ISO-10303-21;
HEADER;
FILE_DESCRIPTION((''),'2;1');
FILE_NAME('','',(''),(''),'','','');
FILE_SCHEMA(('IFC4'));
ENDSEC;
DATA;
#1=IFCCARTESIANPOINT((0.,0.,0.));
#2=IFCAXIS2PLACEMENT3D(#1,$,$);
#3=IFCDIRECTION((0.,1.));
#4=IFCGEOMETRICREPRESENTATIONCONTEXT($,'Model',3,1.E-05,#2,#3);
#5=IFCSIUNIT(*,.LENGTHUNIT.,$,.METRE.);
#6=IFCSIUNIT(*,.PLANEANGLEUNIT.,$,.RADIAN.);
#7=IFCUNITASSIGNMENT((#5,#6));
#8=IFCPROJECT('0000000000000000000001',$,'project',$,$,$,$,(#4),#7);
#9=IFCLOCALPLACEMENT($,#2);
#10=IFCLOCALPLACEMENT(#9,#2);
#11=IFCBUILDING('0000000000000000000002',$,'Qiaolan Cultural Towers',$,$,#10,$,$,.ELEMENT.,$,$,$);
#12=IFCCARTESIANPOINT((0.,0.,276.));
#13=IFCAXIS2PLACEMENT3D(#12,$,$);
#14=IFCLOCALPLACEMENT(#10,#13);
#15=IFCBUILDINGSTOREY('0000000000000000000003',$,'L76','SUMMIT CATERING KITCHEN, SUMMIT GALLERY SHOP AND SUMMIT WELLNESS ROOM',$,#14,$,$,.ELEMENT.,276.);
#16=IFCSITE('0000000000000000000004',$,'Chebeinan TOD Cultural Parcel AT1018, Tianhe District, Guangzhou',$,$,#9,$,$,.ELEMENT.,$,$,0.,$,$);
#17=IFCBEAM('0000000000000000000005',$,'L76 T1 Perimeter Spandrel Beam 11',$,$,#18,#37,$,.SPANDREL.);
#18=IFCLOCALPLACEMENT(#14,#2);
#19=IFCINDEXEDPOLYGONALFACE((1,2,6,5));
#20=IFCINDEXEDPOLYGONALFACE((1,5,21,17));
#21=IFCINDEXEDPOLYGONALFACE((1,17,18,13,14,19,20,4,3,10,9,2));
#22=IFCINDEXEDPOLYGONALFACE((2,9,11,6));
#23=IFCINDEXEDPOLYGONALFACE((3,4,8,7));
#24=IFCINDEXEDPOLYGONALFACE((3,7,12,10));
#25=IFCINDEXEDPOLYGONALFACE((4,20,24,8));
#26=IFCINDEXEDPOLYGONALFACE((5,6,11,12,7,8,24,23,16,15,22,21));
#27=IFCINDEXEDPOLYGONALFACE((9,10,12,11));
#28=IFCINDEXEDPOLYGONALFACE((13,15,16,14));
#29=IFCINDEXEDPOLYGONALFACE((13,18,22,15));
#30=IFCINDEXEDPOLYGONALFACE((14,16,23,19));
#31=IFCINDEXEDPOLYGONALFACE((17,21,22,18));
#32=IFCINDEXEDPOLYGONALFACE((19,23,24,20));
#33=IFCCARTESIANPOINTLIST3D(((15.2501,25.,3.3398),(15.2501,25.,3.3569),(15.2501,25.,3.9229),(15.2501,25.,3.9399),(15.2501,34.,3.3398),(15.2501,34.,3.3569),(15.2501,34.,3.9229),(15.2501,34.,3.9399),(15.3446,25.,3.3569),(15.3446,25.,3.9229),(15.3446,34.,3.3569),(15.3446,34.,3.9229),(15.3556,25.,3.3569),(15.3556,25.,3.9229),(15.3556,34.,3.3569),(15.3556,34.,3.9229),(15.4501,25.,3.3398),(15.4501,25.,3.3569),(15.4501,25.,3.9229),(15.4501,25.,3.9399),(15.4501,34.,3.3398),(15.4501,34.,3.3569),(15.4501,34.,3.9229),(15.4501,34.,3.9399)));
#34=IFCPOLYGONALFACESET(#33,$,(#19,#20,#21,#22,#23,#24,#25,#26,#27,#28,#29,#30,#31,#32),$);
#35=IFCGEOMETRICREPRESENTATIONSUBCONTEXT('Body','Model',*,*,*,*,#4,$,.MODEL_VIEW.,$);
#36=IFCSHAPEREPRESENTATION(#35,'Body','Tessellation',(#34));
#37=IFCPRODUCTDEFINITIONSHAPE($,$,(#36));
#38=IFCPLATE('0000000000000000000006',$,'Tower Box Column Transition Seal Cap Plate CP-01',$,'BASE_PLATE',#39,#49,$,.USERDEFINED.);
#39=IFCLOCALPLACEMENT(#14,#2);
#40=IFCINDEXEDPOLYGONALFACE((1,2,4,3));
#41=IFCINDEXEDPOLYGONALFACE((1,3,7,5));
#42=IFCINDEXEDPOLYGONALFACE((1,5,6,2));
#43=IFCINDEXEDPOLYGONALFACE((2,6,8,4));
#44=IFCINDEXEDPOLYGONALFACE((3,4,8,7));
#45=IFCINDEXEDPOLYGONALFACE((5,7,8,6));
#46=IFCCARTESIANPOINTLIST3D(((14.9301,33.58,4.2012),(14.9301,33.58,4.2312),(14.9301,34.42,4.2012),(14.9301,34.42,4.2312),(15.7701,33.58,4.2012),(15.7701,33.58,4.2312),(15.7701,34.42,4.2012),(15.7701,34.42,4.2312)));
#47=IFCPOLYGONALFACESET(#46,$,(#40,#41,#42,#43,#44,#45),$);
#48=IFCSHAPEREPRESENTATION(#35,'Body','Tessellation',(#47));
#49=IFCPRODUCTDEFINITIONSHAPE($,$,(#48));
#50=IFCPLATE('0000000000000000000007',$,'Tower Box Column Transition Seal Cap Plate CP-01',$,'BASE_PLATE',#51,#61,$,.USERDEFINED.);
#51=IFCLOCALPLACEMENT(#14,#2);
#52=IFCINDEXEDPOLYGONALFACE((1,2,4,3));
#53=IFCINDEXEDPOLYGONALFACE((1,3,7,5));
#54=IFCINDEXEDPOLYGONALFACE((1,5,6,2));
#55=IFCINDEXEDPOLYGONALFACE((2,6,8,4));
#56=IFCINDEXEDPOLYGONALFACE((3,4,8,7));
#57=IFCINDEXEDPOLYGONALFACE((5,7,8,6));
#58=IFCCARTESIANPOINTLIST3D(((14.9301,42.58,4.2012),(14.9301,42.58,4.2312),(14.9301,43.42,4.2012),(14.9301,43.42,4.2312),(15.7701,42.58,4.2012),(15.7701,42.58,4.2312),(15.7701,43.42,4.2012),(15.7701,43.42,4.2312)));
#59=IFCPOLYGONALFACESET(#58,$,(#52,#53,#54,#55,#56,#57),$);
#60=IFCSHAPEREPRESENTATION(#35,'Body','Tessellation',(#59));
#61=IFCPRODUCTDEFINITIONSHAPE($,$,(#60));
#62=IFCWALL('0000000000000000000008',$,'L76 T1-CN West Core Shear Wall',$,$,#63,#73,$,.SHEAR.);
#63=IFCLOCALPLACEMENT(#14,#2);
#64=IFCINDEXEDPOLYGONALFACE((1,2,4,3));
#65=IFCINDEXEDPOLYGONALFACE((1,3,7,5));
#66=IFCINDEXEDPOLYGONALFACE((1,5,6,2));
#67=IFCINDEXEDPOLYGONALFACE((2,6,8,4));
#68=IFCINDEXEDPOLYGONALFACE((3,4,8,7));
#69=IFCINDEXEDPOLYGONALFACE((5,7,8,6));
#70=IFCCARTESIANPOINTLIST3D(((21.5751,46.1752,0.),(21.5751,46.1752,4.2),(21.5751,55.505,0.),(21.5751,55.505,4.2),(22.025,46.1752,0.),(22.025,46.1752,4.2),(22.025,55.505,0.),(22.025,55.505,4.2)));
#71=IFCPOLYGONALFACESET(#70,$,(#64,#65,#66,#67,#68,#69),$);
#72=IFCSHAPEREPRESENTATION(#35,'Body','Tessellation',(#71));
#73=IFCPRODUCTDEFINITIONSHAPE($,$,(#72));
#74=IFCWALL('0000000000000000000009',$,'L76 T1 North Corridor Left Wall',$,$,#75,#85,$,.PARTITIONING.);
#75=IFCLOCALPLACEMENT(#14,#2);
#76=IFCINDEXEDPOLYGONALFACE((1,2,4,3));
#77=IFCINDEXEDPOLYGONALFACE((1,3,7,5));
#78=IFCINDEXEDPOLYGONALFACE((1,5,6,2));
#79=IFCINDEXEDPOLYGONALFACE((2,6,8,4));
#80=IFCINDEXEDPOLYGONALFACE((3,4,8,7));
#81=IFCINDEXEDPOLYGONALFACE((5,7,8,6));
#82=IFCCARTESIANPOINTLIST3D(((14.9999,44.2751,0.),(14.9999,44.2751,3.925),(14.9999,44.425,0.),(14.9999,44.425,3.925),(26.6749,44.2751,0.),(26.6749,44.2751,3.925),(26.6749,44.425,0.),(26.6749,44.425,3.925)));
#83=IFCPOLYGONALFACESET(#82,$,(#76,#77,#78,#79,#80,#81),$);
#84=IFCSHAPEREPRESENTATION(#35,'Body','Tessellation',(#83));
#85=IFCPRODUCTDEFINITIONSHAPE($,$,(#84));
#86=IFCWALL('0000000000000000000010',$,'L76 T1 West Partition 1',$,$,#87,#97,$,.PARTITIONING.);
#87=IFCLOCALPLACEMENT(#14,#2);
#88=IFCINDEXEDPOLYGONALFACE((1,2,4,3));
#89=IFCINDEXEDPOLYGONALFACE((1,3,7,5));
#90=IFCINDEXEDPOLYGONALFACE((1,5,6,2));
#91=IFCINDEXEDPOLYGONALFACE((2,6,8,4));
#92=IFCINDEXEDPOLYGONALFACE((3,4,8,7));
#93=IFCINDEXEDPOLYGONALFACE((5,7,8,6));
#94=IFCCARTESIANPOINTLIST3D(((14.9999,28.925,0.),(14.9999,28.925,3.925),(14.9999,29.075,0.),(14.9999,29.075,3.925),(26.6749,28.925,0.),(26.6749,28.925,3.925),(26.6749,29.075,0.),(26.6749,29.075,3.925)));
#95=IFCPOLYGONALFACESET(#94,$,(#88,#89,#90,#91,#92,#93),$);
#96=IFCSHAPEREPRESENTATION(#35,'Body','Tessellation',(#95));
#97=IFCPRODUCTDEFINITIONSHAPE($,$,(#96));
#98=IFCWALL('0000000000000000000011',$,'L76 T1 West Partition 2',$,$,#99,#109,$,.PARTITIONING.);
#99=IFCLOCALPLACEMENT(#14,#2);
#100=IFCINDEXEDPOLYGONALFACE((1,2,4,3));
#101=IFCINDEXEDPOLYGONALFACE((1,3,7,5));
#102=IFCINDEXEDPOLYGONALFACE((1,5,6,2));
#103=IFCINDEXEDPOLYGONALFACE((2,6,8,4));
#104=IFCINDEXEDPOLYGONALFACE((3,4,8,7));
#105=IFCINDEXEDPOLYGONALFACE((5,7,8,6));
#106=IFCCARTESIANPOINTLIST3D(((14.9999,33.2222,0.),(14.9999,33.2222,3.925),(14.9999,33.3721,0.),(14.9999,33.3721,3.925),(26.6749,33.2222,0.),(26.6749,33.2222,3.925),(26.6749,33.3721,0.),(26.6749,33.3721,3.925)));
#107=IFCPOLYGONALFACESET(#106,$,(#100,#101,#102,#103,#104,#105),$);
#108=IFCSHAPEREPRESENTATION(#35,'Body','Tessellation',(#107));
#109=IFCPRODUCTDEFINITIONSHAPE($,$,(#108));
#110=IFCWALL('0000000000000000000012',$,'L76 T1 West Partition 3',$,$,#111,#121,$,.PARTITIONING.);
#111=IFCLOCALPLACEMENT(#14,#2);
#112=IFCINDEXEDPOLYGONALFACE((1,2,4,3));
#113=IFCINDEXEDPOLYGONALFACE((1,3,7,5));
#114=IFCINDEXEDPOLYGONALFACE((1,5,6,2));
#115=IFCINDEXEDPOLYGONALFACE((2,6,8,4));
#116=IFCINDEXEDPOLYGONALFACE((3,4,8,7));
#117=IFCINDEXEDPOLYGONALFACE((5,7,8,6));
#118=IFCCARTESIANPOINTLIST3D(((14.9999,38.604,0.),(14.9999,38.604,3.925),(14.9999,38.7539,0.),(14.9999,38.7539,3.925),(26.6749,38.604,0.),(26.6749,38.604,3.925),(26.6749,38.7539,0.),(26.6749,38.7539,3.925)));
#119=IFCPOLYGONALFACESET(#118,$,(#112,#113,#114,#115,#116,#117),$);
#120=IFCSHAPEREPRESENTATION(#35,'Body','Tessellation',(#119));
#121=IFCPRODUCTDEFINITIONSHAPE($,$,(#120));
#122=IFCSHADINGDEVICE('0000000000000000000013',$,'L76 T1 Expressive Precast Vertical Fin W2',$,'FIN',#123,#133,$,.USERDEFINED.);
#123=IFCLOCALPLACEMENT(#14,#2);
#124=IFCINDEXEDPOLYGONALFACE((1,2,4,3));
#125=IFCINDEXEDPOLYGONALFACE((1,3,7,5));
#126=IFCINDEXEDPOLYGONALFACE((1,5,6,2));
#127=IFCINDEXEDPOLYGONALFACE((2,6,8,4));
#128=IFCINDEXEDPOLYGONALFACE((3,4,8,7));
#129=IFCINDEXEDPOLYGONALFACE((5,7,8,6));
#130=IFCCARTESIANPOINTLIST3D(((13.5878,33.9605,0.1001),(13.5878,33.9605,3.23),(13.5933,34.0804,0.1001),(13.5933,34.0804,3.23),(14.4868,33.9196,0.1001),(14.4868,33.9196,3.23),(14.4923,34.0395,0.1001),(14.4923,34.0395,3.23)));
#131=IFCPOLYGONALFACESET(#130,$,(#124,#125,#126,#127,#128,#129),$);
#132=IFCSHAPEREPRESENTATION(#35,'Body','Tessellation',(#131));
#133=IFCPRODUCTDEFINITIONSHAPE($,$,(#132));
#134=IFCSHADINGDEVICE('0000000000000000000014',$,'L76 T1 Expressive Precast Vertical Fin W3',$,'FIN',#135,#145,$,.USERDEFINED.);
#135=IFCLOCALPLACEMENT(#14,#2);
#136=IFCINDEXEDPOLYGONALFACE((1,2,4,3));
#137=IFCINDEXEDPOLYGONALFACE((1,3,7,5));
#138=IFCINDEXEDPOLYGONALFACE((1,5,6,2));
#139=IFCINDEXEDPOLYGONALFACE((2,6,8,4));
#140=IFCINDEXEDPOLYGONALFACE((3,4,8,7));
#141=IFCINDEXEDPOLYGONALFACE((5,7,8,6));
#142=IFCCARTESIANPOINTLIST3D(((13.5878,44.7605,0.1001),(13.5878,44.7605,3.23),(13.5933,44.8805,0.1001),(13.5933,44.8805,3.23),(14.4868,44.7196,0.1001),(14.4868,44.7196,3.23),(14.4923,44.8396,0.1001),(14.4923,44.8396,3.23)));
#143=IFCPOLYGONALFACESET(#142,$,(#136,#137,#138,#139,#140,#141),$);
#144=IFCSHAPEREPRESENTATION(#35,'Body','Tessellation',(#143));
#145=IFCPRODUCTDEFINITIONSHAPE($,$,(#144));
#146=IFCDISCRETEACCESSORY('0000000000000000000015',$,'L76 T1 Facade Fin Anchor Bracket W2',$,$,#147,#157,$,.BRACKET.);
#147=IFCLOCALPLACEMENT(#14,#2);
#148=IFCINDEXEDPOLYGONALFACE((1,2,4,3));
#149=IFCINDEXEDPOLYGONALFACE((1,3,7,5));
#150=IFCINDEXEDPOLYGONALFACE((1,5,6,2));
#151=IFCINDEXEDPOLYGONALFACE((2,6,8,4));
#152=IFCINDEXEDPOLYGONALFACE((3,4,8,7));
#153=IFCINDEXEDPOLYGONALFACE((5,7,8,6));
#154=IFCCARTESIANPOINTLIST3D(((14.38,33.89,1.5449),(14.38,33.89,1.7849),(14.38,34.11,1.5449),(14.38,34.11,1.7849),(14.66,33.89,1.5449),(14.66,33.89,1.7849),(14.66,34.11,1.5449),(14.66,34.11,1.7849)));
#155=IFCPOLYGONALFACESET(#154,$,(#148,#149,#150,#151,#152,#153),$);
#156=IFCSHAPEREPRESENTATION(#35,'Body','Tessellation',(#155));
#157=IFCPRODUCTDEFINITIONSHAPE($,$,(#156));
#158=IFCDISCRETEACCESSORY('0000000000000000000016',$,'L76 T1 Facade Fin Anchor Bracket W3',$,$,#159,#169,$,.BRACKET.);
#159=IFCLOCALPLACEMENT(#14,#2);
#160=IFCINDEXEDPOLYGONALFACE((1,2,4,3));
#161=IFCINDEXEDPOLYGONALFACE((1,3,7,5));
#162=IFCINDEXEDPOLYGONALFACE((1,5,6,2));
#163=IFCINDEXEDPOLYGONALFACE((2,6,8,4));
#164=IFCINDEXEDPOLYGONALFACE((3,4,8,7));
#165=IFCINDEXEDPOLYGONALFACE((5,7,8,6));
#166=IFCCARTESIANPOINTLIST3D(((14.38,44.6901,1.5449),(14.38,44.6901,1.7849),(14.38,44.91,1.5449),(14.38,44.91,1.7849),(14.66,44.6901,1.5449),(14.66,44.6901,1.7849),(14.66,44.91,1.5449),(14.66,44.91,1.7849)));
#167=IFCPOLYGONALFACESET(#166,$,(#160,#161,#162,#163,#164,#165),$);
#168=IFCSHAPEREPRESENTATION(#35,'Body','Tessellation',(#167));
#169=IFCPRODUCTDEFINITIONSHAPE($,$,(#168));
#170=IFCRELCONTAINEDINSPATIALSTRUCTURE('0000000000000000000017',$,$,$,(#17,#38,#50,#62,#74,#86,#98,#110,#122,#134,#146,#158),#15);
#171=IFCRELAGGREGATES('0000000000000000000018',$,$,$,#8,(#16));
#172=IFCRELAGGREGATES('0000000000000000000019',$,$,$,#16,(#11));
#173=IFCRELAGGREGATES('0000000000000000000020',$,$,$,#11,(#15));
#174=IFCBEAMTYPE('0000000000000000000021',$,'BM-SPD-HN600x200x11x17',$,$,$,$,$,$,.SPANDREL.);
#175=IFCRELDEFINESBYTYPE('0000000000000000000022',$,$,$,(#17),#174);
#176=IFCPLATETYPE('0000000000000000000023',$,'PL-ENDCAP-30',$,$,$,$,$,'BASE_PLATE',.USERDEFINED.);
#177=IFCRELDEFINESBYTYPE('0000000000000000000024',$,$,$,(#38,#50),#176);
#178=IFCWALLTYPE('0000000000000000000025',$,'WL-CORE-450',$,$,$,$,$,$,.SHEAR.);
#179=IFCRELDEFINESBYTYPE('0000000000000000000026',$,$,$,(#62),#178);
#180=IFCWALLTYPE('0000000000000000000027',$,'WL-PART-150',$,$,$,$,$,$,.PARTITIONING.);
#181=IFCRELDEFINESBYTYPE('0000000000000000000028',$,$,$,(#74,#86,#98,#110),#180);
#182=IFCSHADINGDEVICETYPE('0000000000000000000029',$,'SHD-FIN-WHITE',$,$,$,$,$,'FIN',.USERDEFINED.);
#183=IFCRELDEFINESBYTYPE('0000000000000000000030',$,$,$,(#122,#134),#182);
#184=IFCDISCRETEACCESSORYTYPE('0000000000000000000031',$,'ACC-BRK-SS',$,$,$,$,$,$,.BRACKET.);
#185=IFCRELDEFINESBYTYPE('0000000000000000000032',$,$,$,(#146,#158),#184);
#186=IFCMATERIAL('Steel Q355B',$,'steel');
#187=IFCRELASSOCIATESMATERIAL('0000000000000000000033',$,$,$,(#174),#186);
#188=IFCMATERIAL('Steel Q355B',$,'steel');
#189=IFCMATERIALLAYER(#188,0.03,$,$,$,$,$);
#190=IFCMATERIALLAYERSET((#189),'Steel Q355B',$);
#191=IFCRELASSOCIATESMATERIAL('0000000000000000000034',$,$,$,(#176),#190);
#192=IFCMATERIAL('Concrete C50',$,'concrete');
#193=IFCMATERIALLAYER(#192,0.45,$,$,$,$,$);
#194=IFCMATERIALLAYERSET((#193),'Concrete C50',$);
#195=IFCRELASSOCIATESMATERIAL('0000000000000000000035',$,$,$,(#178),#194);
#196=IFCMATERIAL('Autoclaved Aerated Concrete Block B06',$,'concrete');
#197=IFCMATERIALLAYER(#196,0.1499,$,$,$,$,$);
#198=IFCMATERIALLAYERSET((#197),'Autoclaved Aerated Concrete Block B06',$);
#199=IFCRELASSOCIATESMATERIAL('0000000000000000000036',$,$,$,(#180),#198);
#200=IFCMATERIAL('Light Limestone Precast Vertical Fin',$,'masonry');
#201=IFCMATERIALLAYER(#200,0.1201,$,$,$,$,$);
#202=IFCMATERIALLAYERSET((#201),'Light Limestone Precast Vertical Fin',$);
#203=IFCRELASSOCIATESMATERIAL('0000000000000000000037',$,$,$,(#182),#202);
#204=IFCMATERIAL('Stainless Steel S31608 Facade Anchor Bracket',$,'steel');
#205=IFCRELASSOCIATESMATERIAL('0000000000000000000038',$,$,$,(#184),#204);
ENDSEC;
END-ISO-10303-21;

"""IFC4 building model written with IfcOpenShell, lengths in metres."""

from ifc_helpers import new_model, si_unit, direction, frame, frame_2d, origin, origin_2d, place, context, subcontext, project, spatial, rectangle, i_section, extrude, material, layer, layer_set, material_profile, profile_set, type_object, element, save


model = new_model("IFC4")

# Units and contexts
model_context = context("Model", 3, precision=1e-05, world=origin(), true_north=direction((0.0, 1.0)))
body_context = subcontext(model_context, "Body", "Model", "MODEL_VIEW")
ifc_project = project(units=[si_unit("LENGTHUNIT", "METRE"), si_unit("PLANEANGLEUNIT", "RADIAN")], contexts=[model_context])

# Site, building, storey
site_placement = place(None, origin())
site = spatial("IfcSite", under=ifc_project, at=site_placement, Name="Chebeinan TOD Cultural Parcel AT1018, Tianhe District, Guangzhou", CompositionType="ELEMENT", RefElevation=0.0)
building_placement = place(site_placement, origin())
building = spatial("IfcBuilding", under=site, at=building_placement, Name="Qiaolan Cultural Towers", CompositionType="ELEMENT")
storey_placement = place(building_placement, frame((0.0, 0.0, 276.0)))
storey = spatial("IfcBuildingStorey", under=building, at=storey_placement, Name="L76", Description="SUMMIT CATERING KITCHEN, SUMMIT GALLERY SHOP AND SUMMIT WELLNESS ROOM", CompositionType="ELEMENT", Elevation=276.0)

# Beam
ifc_material_1 = material(Name="Steel Q355B", Category="steel")
ifc_material_profile_1 = material_profile(ifc_material_1, i_section(OverallWidth=0.2, OverallDepth=0.6001, WebThickness=0.011, FlangeThickness=0.0171, at=origin_2d()), Name="HN600x200x11x17")
ifc_profile_set_1 = profile_set([ifc_material_profile_1], Name="Steel Q355B")
beam_type_1 = type_object("IfcBeamType", Name="BM-SPD-HN600x200x11x17", PredefinedType="SPANDREL", material=ifc_profile_set_1)
for number, where, z_axis, x_axis, name in (
    (1, (15.3501, 34.0, 3.6399), (0.0, -1.0, 0.0), (1.0, 0.0, 0.0), "L76 T1 Perimeter Spandrel Beam 11"),
):
    element("IfcBeam", number, at=place(storey_placement, frame(where, z_axis=z_axis, x_axis=x_axis)), inside=storey, type_object=beam_type_1, Name=name, PredefinedType="SPANDREL", context=body_context, shape_type="SweptSolid", body=[
        extrude(i_section(OverallWidth=0.2, OverallDepth=0.6001, WebThickness=0.011, FlangeThickness=0.0171, at=origin_2d()), origin(), (0.0, 0.0, 1.0), 9.0),
    ])

# Plates
ifc_material_2 = material(Name="Steel Q355B", Category="steel")
ifc_layer_1 = layer(ifc_material_2, 0.03)
ifc_layer_set_1 = layer_set([ifc_layer_1], Name="Steel Q355B")
plate_type = type_object("IfcPlateType", Name="PL-ENDCAP-30", ElementType="BASE_PLATE", PredefinedType="USERDEFINED", material=ifc_layer_set_1)
for number, where, z_axis, x_axis, name in (
    (2, (15.3501, 34.0, 4.2012), (0.0, 0.0, 1.0), (1.0, 0.0, 0.0), "Tower Box Column Transition Seal Cap Plate CP-01"),
    (3, (15.3501, 43.0, 4.2012), (0.0, 0.0, 1.0), (1.0, 0.0, 0.0), "Tower Box Column Transition Seal Cap Plate CP-01"),
):
    element("IfcPlate", number, at=place(storey_placement, frame(where, z_axis=z_axis, x_axis=x_axis)), inside=storey, type_object=plate_type, Name=name, ObjectType="BASE_PLATE", PredefinedType="USERDEFINED", context=body_context, shape_type="SweptSolid", body=[
        extrude(rectangle(XDim=0.8401, YDim=0.8401, at=origin_2d()), origin(), (0.0, 0.0, 1.0), 0.03),
    ])

# Walls
ifc_material_3 = material(Name="Concrete C50", Category="concrete")
ifc_layer_2 = layer(ifc_material_3, 0.45)
ifc_layer_set_2 = layer_set([ifc_layer_2], Name="Concrete C50")
wall_type_1 = type_object("IfcWallType", Name="WL-CORE-450", PredefinedType="SHEAR", material=ifc_layer_set_2)
wall_placement = place(storey_placement, frame((21.8, 46.175, 0.0), z_axis=(0.0, 0.0, 1.0), x_axis=(0.0, 1.0, 0.0)))
element("IfcWall", 4, at=wall_placement, inside=storey, type_object=wall_type_1, Name="L76 T1-CN West Core Shear Wall", PredefinedType="SHEAR", context=body_context, shape_type="SweptSolid", body=[
    extrude(rectangle(XDim=9.3298, YDim=0.45, at=frame_2d((4.665, 0.0))), origin(), (0.0, 0.0, 1.0), 4.2),
])
ifc_material_4 = material(Name="Autoclaved Aerated Concrete Block B06", Category="concrete")
ifc_layer_3 = layer(ifc_material_4, 0.1499)
ifc_layer_set_3 = layer_set([ifc_layer_3], Name="Autoclaved Aerated Concrete Block B06")
wall_type_2 = type_object("IfcWallType", Name="WL-PART-150", PredefinedType="PARTITIONING", material=ifc_layer_set_3)
for number, where, z_axis, x_axis, name in (
    (5, (15.0, 44.3501, 0.0), (0.0, 0.0, 1.0), (1.0, 0.0, 0.0), "L76 T1 North Corridor Left Wall"),
    (6, (15.0, 29.0, 0.0), (0.0, 0.0, 1.0), (1.0, 0.0, 0.0), "L76 T1 West Partition 1"),
    (7, (15.0, 33.2971, 0.0), (0.0, 0.0, 1.0), (1.0, 0.0, 0.0), "L76 T1 West Partition 2"),
    (8, (15.0, 38.679, 0.0), (0.0, 0.0, 1.0), (1.0, 0.0, 0.0), "L76 T1 West Partition 3"),
):
    element("IfcWall", number, at=place(storey_placement, frame(where, z_axis=z_axis, x_axis=x_axis)), inside=storey, type_object=wall_type_2, Name=name, PredefinedType="PARTITIONING", context=body_context, shape_type="SweptSolid", body=[
        extrude(rectangle(XDim=11.675, YDim=0.1499, at=frame_2d((5.8374, 0.0))), origin(), (0.0, 0.0, 1.0), 3.925),
    ])

# Shading devices
ifc_material_5 = material(Name="Light Limestone Precast Vertical Fin", Category="masonry")
ifc_layer_4 = layer(ifc_material_5, 0.1201)
ifc_layer_set_4 = layer_set([ifc_layer_4], Name="Light Limestone Precast Vertical Fin")
shading_device_type = type_object("IfcShadingDeviceType", Name="SHD-FIN-WHITE", ElementType="FIN", PredefinedType="USERDEFINED", material=ifc_layer_set_4)
for number, where, z_axis, x_axis, name in (
    (9, (14.04, 34.0, 0.1001), (0.0, 0.0, 1.0), (0.998967, -0.045445, 0.0), "L76 T1 Expressive Precast Vertical Fin W2"),
    (10, (14.04, 44.8, 0.1001), (0.0, 0.0, 1.0), (0.998967, -0.045445, 0.0), "L76 T1 Expressive Precast Vertical Fin W3"),
):
    element("IfcShadingDevice", number, at=place(storey_placement, frame(where, z_axis=z_axis, x_axis=x_axis)), inside=storey, type_object=shading_device_type, Name=name, ObjectType="FIN", PredefinedType="USERDEFINED", context=body_context, shape_type="SweptSolid", body=[
        extrude(rectangle(XDim=0.8999, YDim=0.1201, at=origin_2d()), origin(), (0.0, 0.0, 1.0), 3.1299),
    ])

# Discrete accessories
ifc_material_6 = material(Name="Stainless Steel S31608 Facade Anchor Bracket", Category="steel")
discrete_accessory_type = type_object("IfcDiscreteAccessoryType", Name="ACC-BRK-SS", PredefinedType="BRACKET", material=ifc_material_6)
for number, where, z_axis, x_axis, name in (
    (11, (14.52, 34.0, 1.5449), (0.0, 0.0, 1.0), (1.0, 0.0, 0.0), "L76 T1 Facade Fin Anchor Bracket W2"),
    (12, (14.52, 44.8, 1.5449), (0.0, 0.0, 1.0), (1.0, 0.0, 0.0), "L76 T1 Facade Fin Anchor Bracket W3"),
):
    element("IfcDiscreteAccessory", number, at=place(storey_placement, frame(where, z_axis=z_axis, x_axis=x_axis)), inside=storey, type_object=discrete_accessory_type, Name=name, PredefinedType="BRACKET", context=body_context, shape_type="SweptSolid", body=[
        extrude(rectangle(XDim=0.28, YDim=0.22, at=origin_2d()), origin(), (0.0, 0.0, 1.0), 0.24),
    ])

save(model, "model.ifc")
